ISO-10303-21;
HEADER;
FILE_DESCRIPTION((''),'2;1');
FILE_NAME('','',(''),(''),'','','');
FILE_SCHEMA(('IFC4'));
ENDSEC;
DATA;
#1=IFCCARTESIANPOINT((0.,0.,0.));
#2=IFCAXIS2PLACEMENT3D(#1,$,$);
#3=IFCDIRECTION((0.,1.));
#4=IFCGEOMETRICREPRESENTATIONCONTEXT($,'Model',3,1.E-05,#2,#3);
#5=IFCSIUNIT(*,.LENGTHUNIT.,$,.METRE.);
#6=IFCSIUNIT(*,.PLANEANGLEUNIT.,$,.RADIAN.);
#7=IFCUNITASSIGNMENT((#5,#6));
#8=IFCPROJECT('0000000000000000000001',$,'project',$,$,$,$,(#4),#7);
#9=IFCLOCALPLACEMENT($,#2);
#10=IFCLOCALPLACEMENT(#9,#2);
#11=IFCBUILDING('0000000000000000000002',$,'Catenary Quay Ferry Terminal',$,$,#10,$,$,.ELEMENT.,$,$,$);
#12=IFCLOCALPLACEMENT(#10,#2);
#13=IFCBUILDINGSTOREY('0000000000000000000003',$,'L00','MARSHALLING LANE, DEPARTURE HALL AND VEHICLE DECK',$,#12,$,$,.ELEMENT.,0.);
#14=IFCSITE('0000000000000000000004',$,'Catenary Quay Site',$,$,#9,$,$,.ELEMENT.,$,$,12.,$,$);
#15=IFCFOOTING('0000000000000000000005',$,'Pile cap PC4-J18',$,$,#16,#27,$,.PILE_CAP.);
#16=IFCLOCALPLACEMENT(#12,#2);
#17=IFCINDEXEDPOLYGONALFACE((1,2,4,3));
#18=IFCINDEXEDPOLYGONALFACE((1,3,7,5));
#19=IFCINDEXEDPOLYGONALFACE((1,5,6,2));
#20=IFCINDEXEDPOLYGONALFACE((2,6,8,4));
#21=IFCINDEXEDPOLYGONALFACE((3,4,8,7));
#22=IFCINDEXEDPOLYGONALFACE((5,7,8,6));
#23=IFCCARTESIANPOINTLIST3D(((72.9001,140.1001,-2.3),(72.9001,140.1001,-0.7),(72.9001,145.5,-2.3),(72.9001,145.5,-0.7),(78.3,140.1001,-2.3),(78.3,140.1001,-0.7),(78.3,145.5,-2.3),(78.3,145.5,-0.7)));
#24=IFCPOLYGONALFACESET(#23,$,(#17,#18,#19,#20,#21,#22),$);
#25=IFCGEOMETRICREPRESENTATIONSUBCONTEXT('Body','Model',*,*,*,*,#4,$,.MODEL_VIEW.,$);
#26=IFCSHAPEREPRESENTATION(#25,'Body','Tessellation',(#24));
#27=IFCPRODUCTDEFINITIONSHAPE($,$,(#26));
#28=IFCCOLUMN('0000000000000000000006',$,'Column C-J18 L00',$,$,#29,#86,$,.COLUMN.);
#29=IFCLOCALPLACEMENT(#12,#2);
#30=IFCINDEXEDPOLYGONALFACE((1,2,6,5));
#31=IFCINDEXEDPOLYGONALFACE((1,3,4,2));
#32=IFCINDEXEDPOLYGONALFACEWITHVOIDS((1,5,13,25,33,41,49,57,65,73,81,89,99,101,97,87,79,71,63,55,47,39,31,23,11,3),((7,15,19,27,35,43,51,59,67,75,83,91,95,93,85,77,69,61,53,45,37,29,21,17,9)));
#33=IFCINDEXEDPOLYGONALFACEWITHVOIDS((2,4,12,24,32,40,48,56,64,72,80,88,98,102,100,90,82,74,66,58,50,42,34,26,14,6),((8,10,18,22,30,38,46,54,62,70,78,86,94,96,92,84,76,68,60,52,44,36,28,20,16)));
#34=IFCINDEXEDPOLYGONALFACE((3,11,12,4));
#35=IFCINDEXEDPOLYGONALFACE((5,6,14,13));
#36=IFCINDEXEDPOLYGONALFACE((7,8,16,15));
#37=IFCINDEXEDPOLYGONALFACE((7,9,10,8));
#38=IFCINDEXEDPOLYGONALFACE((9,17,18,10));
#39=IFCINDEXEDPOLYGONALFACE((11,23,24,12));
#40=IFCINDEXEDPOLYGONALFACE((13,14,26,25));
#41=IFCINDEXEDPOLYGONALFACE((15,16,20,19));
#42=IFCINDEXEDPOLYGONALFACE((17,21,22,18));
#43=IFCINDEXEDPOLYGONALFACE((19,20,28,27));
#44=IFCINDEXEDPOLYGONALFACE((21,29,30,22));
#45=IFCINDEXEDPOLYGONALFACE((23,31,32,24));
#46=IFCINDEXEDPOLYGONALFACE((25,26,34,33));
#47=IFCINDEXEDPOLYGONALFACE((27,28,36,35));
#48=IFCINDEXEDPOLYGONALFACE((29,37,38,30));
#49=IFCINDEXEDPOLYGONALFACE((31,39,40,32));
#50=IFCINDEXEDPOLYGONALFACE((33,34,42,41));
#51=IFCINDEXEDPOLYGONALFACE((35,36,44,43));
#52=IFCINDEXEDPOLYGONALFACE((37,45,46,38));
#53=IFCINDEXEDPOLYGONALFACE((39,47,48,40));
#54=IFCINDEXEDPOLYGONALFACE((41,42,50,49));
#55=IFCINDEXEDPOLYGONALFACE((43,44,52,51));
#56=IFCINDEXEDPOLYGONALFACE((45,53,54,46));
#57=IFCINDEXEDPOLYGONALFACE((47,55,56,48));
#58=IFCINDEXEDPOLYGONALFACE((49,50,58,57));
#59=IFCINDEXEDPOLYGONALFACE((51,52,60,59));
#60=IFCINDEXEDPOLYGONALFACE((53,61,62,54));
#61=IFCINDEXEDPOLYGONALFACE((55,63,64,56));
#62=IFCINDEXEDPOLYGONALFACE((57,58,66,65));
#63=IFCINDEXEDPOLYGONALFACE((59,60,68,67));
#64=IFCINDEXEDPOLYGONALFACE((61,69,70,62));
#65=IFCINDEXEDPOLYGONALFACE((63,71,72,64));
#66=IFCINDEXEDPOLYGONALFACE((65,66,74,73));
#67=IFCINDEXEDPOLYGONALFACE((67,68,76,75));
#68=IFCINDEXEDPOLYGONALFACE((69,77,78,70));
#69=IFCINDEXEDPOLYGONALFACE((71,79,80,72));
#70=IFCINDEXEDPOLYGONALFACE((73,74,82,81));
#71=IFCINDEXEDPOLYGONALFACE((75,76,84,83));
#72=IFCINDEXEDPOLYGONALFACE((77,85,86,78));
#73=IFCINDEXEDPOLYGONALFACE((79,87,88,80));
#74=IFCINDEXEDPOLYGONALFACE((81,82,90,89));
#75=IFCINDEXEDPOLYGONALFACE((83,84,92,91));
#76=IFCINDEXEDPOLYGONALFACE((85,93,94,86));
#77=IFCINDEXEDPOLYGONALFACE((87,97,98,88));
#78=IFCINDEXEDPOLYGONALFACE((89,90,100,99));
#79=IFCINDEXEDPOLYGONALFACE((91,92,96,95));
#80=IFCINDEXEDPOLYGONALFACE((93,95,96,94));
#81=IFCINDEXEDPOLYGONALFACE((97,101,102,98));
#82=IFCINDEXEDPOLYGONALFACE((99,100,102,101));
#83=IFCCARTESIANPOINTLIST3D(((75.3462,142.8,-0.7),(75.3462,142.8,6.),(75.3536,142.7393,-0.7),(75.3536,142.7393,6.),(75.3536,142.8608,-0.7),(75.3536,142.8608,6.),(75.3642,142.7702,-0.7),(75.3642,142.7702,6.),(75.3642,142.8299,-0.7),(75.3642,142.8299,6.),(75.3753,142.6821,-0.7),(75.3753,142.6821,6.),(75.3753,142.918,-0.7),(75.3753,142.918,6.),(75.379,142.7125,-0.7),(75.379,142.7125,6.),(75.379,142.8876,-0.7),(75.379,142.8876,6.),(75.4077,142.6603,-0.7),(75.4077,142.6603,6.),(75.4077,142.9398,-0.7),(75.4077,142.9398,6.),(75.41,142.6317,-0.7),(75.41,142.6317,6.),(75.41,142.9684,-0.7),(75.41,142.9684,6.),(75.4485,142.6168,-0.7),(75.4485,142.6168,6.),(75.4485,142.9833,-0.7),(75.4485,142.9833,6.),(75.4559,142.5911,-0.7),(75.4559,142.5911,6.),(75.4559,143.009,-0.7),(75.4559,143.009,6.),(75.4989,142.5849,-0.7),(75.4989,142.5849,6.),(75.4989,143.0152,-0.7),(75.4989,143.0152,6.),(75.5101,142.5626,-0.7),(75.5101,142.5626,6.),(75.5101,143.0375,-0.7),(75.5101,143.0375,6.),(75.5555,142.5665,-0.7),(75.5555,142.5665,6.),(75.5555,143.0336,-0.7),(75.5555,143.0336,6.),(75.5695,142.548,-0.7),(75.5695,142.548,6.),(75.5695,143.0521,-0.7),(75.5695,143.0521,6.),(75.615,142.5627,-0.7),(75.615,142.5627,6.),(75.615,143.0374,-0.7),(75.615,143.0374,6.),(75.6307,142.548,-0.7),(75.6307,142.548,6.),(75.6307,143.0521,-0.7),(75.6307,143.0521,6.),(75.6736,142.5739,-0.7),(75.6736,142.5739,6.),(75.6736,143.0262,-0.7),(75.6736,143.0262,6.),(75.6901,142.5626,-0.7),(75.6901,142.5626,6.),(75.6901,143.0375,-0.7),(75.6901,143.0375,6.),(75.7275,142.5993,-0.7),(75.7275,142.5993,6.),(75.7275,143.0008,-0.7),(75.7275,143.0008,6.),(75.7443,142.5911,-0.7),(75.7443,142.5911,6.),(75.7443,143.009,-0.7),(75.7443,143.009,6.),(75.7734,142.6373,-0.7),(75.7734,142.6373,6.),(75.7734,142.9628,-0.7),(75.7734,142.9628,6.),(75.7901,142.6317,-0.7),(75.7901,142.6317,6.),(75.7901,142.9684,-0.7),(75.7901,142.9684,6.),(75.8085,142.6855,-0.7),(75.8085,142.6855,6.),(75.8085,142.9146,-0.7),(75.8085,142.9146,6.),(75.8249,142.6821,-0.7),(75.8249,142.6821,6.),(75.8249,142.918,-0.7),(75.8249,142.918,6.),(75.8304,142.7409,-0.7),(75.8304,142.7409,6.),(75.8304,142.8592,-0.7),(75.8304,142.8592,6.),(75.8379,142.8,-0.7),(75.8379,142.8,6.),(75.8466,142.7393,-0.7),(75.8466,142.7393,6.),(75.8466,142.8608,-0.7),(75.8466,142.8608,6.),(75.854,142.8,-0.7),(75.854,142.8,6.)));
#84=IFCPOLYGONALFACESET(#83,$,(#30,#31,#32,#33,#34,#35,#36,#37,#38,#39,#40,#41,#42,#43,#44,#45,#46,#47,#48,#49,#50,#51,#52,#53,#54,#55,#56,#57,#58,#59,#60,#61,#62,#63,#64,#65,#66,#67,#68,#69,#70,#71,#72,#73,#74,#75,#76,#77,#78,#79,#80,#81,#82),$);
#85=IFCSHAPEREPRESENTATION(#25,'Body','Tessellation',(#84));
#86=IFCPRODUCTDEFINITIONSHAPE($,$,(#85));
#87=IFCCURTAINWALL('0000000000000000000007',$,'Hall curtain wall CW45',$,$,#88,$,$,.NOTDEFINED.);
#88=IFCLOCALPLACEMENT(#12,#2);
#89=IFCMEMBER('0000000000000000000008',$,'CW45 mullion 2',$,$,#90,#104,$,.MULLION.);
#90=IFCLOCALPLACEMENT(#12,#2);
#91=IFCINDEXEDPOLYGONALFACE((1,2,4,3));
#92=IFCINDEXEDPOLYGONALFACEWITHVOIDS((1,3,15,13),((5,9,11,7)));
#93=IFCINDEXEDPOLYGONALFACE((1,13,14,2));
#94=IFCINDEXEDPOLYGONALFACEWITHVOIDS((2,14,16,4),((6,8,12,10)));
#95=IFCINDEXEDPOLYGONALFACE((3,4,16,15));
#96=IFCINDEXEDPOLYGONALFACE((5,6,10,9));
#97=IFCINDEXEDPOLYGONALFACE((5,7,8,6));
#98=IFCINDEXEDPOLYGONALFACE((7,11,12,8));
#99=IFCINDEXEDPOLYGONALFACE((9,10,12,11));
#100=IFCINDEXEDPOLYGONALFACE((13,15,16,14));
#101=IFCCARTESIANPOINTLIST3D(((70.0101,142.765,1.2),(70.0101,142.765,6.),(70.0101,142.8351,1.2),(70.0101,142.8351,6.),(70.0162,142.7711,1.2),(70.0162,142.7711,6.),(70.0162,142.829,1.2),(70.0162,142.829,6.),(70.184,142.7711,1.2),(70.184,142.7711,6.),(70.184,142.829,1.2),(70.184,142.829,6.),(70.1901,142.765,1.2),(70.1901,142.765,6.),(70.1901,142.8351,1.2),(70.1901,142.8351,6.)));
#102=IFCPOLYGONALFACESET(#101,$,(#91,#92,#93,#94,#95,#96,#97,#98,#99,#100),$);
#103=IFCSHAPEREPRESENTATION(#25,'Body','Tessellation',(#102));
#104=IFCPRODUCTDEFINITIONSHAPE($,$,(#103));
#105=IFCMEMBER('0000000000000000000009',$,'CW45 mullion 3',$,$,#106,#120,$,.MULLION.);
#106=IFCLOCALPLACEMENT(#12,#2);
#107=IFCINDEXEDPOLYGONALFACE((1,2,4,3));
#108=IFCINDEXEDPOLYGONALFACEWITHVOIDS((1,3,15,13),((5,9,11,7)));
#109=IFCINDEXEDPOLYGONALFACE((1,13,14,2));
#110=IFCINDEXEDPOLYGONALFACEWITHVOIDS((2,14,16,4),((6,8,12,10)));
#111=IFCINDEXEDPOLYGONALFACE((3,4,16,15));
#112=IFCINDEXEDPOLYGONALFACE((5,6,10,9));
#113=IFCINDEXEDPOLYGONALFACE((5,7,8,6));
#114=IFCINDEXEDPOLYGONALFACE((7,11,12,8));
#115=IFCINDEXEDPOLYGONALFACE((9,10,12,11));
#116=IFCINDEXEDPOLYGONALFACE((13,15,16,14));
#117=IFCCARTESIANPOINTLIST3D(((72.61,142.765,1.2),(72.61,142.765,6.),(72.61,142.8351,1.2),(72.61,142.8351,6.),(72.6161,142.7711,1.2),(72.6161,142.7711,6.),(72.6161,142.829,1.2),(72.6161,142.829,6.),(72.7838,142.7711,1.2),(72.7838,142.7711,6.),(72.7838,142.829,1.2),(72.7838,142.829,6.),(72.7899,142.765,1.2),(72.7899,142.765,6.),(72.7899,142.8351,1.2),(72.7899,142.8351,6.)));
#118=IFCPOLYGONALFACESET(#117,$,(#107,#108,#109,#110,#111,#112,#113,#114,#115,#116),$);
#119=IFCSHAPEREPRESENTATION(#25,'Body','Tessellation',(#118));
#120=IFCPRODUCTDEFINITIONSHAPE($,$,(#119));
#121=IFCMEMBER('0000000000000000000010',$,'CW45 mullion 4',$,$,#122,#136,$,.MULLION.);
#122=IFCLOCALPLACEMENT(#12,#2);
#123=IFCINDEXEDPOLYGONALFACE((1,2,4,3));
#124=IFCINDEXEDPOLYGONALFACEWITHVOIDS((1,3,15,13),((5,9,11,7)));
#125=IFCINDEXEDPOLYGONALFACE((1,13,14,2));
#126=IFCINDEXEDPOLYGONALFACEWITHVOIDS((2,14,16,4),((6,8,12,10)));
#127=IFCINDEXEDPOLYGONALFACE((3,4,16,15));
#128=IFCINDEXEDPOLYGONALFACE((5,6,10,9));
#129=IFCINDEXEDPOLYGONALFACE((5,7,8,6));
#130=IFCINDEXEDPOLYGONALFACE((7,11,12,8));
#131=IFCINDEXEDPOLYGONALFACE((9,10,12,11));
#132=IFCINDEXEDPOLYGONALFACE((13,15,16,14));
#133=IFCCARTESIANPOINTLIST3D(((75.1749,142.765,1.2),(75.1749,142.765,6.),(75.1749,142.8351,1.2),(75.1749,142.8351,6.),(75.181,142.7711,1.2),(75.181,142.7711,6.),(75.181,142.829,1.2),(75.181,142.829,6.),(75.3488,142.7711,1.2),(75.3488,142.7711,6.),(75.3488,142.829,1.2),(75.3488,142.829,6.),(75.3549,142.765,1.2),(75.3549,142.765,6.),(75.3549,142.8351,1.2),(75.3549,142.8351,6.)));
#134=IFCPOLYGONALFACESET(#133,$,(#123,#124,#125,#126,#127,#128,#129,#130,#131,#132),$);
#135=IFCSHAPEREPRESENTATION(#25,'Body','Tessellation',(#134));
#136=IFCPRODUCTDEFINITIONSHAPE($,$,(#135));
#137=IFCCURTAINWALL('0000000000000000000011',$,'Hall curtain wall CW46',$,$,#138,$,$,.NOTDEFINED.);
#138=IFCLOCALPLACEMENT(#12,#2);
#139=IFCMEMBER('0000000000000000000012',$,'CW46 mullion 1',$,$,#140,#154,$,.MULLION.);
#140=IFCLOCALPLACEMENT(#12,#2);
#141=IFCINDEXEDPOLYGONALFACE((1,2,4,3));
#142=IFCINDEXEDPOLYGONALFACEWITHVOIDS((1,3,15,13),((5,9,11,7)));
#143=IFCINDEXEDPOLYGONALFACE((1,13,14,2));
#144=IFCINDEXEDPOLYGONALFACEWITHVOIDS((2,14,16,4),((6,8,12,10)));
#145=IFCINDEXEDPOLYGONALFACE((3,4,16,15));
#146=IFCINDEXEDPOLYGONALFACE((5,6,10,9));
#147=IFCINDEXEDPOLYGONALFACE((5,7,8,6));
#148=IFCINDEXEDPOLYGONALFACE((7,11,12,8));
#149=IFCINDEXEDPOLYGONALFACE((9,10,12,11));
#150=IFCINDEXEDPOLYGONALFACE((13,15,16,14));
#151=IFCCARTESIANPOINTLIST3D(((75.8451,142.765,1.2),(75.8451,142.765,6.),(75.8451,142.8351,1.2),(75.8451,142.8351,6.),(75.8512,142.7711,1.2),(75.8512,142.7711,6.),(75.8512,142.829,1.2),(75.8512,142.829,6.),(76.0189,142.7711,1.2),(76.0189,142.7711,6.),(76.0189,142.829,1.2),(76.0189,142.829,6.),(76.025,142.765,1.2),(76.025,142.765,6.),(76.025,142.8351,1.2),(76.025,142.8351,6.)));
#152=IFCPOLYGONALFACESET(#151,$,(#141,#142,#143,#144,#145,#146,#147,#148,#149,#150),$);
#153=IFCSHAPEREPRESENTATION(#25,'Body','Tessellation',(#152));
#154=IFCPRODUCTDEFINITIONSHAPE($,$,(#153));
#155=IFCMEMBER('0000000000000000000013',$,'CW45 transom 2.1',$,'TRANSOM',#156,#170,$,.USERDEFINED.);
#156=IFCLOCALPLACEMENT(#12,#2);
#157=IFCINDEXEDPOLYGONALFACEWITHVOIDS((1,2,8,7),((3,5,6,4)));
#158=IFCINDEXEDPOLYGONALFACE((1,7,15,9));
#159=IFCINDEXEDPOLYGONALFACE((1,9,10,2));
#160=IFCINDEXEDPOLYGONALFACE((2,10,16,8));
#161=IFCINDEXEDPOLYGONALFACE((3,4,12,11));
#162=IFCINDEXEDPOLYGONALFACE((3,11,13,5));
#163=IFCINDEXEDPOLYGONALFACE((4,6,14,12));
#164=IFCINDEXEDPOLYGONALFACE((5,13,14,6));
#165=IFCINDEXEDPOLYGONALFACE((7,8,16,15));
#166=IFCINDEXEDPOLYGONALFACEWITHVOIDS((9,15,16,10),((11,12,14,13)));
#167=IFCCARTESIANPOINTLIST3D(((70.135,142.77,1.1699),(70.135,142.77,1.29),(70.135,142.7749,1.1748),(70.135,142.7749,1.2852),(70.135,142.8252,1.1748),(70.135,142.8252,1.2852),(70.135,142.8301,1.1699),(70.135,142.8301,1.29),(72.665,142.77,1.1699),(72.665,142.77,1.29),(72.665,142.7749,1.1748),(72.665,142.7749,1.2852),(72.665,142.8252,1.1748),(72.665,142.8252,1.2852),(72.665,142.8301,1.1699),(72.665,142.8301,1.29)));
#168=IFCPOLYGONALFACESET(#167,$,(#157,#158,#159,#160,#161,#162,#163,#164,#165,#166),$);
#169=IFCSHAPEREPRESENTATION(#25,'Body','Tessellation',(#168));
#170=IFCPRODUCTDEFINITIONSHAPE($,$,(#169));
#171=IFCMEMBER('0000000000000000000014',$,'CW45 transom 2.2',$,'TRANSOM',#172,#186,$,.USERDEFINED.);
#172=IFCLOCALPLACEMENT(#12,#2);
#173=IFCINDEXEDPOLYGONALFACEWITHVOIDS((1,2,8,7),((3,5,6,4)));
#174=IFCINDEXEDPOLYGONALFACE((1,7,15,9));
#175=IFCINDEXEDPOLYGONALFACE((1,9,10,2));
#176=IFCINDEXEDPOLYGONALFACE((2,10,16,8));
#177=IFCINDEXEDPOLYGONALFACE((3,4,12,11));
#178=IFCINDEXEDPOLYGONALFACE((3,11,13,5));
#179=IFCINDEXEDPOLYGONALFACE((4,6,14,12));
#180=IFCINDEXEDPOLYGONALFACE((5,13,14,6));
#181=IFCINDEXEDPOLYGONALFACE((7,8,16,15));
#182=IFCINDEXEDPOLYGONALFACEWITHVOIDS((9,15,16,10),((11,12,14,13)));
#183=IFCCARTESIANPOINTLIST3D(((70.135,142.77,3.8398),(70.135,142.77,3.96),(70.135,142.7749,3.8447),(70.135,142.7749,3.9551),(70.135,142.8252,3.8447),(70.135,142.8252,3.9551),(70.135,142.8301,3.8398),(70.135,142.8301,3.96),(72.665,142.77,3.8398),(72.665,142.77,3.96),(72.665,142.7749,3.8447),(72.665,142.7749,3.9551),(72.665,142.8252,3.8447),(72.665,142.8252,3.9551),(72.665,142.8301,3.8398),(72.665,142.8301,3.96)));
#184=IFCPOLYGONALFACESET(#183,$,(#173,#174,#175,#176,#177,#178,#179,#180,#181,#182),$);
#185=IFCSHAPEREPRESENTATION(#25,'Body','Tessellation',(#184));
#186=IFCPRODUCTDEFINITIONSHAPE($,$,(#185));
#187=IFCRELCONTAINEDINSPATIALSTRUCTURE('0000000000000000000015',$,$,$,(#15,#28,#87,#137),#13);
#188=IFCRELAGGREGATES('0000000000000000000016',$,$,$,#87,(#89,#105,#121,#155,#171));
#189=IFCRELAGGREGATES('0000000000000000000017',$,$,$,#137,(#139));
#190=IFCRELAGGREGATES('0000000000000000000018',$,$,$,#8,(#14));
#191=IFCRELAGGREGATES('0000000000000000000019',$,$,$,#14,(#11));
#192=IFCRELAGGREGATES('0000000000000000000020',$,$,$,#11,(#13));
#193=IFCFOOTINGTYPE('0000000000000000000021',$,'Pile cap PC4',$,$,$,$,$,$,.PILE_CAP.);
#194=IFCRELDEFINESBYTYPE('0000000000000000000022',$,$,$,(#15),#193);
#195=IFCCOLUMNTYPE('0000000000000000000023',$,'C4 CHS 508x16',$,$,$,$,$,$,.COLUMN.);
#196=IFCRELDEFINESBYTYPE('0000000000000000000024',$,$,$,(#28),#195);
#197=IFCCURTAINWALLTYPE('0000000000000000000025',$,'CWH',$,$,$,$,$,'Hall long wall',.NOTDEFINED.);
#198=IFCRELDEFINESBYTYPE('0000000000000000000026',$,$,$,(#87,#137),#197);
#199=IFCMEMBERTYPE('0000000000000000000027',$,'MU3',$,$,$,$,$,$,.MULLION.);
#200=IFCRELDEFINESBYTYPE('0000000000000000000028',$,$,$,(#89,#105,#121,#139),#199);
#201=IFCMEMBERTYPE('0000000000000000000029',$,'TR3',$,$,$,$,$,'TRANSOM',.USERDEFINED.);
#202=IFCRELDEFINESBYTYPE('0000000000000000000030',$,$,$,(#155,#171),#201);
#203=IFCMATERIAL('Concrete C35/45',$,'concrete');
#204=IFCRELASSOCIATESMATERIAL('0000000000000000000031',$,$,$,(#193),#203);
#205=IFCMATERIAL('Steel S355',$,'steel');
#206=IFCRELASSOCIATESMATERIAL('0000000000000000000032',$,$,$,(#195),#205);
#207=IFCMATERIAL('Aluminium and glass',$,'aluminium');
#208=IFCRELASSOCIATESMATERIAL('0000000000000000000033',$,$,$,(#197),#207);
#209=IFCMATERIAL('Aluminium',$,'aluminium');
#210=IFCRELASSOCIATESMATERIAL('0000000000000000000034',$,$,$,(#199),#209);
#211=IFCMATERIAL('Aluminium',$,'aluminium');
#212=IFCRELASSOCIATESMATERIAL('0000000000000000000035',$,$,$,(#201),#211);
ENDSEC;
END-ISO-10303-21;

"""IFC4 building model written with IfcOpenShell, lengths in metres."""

from ifc_helpers import new_model, si_unit, direction, frame, origin, origin_2d, place, context, subcontext, project, spatial, rectangle, hollow_rectangle, hollow_circle, extrude, material, material_profile, profile_set, type_object, element, aggregate, save


model = new_model("IFC4")

# Units and contexts
model_context = context("Model", 3, precision=1e-05, world=origin(), true_north=direction((0.0, 1.0)))
body_context = subcontext(model_context, "Body", "Model", "MODEL_VIEW")
ifc_project = project(units=[si_unit("LENGTHUNIT", "METRE"), si_unit("PLANEANGLEUNIT", "RADIAN")], contexts=[model_context])

# Site, building, storey
site_placement = place(None, origin())
site = spatial("IfcSite", under=ifc_project, at=site_placement, Name="Catenary Quay Site", CompositionType="ELEMENT", RefElevation=12.0)
building_placement = place(site_placement, origin())
building = spatial("IfcBuilding", under=site, at=building_placement, Name="Catenary Quay Ferry Terminal", CompositionType="ELEMENT")
storey_placement = place(building_placement, origin())
storey = spatial("IfcBuildingStorey", under=building, at=storey_placement, Name="L00", Description="MARSHALLING LANE, DEPARTURE HALL AND VEHICLE DECK", CompositionType="ELEMENT", Elevation=0.0)

# Footing
ifc_material_1 = material(Name="Concrete C35/45", Category="concrete")
footing_type = type_object("IfcFootingType", Name="Pile cap PC4", PredefinedType="PILE_CAP", material=ifc_material_1)
footing_placement = place(storey_placement, frame((75.6001, 142.8, -2.3), z_axis=(0.0, 0.0, 1.0), x_axis=(1.0, 0.0, 0.0)))
element("IfcFooting", 1, at=footing_placement, inside=storey, type_object=footing_type, Name="Pile cap PC4-J18", PredefinedType="PILE_CAP", context=body_context, shape_type="SweptSolid", body=[
    extrude(rectangle(XDim=5.3999, YDim=5.3999, at=origin_2d()), origin(), (0.0, 0.0, 1.0), 1.6001),
])

# Column
ifc_material_2 = material(Name="Steel S355", Category="steel")
ifc_material_profile_1 = material_profile(ifc_material_2, hollow_circle(Radius=0.2539, WallThickness=0.0161, at=origin_2d()), Name="CHS 508x16")
ifc_profile_set_1 = profile_set([ifc_material_profile_1], Name="Steel S355")
column_type = type_object("IfcColumnType", Name="C4 CHS 508x16", PredefinedType="COLUMN", material=ifc_profile_set_1)
column_placement = place(storey_placement, frame((75.6001, 142.8, -0.7), z_axis=(0.0, 0.0, 1.0), x_axis=(1.0, 0.0, 0.0)))
element("IfcColumn", 2, at=column_placement, inside=storey, type_object=column_type, Name="Column C-J18 L00", PredefinedType="COLUMN", context=body_context, shape_type="SweptSolid", body=[
    extrude(hollow_circle(Radius=0.2539, WallThickness=0.0161, at=origin_2d()), origin(), (0.0, 0.0, 1.0), 6.7),
])

# Curtain wall, members
ifc_material_3 = material(Name="Aluminium and glass", Category="aluminium")
curtain_wall_type = type_object("IfcCurtainWallType", Name="CWH", ElementType="Hall long wall", PredefinedType="NOTDEFINED", material=ifc_material_3)
curtain_wall_1_placement = place(storey_placement, origin())
curtain_wall_1 = element("IfcCurtainWall", 3, at=curtain_wall_1_placement, inside=storey, type_object=curtain_wall_type, Name="Hall curtain wall CW45", PredefinedType="NOTDEFINED")
ifc_material_4 = material(Name="Aluminium", Category="aluminium")
ifc_material_profile_2 = material_profile(ifc_material_4, hollow_rectangle(XDim=0.0701, YDim=0.1799, WallThickness=0.0061, at=origin_2d()), Name="MU3")
ifc_profile_set_2 = profile_set([ifc_material_profile_2], Name="Aluminium")
member_type_1 = type_object("IfcMemberType", Name="MU3", PredefinedType="MULLION", material=ifc_profile_set_2)
member_1_placement = place(storey_placement, frame((70.1001, 142.8, 1.2), z_axis=(0.0, 0.0, 1.0), x_axis=(0.0, 1.0, 0.0)))
member_1 = element("IfcMember", 4, at=member_1_placement, type_object=member_type_1, Name="CW45 mullion 2", PredefinedType="MULLION", context=body_context, shape_type="SweptSolid", body=[
    extrude(hollow_rectangle(XDim=0.0701, YDim=0.1799, WallThickness=0.0061, at=origin_2d()), origin(), (0.0, 0.0, 1.0), 4.8),
])
member_2_placement = place(storey_placement, frame((72.7, 142.8, 1.2), z_axis=(0.0, 0.0, 1.0), x_axis=(0.0, 1.0, 0.0)))
member_2 = element("IfcMember", 5, at=member_2_placement, type_object=member_type_1, Name="CW45 mullion 3", PredefinedType="MULLION", context=body_context, shape_type="SweptSolid", body=[
    extrude(hollow_rectangle(XDim=0.0701, YDim=0.1799, WallThickness=0.0061, at=origin_2d()), origin(), (0.0, 0.0, 1.0), 4.8),
])
member_3_placement = place(storey_placement, frame((75.2649, 142.8, 1.2), z_axis=(0.0, 0.0, 1.0), x_axis=(0.0, 1.0, 0.0)))
member_3 = element("IfcMember", 6, at=member_3_placement, type_object=member_type_1, Name="CW45 mullion 4", PredefinedType="MULLION", context=body_context, shape_type="SweptSolid", body=[
    extrude(hollow_rectangle(XDim=0.0701, YDim=0.1799, WallThickness=0.0061, at=origin_2d()), origin(), (0.0, 0.0, 1.0), 4.8),
])

# Curtain wall, member
curtain_wall_2_placement = place(storey_placement, origin())
curtain_wall_2 = element("IfcCurtainWall", 7, at=curtain_wall_2_placement, inside=storey, type_object=curtain_wall_type, Name="Hall curtain wall CW46", PredefinedType="NOTDEFINED")
member_4_placement = place(storey_placement, frame((75.9351, 142.8, 1.2), z_axis=(0.0, 0.0, 1.0), x_axis=(0.0, 1.0, 0.0)))
member_4 = element("IfcMember", 8, at=member_4_placement, type_object=member_type_1, Name="CW46 mullion 1", PredefinedType="MULLION", context=body_context, shape_type="SweptSolid", body=[
    extrude(hollow_rectangle(XDim=0.0701, YDim=0.1799, WallThickness=0.0061, at=origin_2d()), origin(), (0.0, 0.0, 1.0), 4.8),
])

# Members
ifc_material_5 = material(Name="Aluminium", Category="aluminium")
ifc_material_profile_3 = material_profile(ifc_material_5, hollow_rectangle(XDim=0.0601, YDim=0.1201, WallThickness=0.0049, at=origin_2d()), Name="TR3")
ifc_profile_set_3 = profile_set([ifc_material_profile_3], Name="Aluminium")
member_type_2 = type_object("IfcMemberType", Name="TR3", ElementType="TRANSOM", PredefinedType="USERDEFINED", material=ifc_profile_set_3)
member_5_placement = place(storey_placement, frame((70.135, 142.8, 1.23), z_axis=(1.0, 0.0, 0.0), x_axis=(0.0, 1.0, 0.0)))
member_5 = element("IfcMember", 9, at=member_5_placement, type_object=member_type_2, Name="CW45 transom 2.1", ObjectType="TRANSOM", PredefinedType="USERDEFINED", context=body_context, shape_type="SweptSolid", body=[
    extrude(hollow_rectangle(XDim=0.0601, YDim=0.1201, WallThickness=0.0049, at=origin_2d()), origin(), (0.0, 0.0, 1.0), 2.53),
])
member_6_placement = place(storey_placement, frame((70.135, 142.8, 3.8999), z_axis=(1.0, 0.0, 0.0), x_axis=(0.0, 1.0, 0.0)))
member_6 = element("IfcMember", 10, at=member_6_placement, type_object=member_type_2, Name="CW45 transom 2.2", ObjectType="TRANSOM", PredefinedType="USERDEFINED", context=body_context, shape_type="SweptSolid", body=[
    extrude(hollow_rectangle(XDim=0.0601, YDim=0.1201, WallThickness=0.0049, at=origin_2d()), origin(), (0.0, 0.0, 1.0), 2.53),
])

aggregate(curtain_wall_1, [member_1, member_2, member_3, member_5, member_6])
aggregate(curtain_wall_2, [member_4])

save(model, "model.ifc")
